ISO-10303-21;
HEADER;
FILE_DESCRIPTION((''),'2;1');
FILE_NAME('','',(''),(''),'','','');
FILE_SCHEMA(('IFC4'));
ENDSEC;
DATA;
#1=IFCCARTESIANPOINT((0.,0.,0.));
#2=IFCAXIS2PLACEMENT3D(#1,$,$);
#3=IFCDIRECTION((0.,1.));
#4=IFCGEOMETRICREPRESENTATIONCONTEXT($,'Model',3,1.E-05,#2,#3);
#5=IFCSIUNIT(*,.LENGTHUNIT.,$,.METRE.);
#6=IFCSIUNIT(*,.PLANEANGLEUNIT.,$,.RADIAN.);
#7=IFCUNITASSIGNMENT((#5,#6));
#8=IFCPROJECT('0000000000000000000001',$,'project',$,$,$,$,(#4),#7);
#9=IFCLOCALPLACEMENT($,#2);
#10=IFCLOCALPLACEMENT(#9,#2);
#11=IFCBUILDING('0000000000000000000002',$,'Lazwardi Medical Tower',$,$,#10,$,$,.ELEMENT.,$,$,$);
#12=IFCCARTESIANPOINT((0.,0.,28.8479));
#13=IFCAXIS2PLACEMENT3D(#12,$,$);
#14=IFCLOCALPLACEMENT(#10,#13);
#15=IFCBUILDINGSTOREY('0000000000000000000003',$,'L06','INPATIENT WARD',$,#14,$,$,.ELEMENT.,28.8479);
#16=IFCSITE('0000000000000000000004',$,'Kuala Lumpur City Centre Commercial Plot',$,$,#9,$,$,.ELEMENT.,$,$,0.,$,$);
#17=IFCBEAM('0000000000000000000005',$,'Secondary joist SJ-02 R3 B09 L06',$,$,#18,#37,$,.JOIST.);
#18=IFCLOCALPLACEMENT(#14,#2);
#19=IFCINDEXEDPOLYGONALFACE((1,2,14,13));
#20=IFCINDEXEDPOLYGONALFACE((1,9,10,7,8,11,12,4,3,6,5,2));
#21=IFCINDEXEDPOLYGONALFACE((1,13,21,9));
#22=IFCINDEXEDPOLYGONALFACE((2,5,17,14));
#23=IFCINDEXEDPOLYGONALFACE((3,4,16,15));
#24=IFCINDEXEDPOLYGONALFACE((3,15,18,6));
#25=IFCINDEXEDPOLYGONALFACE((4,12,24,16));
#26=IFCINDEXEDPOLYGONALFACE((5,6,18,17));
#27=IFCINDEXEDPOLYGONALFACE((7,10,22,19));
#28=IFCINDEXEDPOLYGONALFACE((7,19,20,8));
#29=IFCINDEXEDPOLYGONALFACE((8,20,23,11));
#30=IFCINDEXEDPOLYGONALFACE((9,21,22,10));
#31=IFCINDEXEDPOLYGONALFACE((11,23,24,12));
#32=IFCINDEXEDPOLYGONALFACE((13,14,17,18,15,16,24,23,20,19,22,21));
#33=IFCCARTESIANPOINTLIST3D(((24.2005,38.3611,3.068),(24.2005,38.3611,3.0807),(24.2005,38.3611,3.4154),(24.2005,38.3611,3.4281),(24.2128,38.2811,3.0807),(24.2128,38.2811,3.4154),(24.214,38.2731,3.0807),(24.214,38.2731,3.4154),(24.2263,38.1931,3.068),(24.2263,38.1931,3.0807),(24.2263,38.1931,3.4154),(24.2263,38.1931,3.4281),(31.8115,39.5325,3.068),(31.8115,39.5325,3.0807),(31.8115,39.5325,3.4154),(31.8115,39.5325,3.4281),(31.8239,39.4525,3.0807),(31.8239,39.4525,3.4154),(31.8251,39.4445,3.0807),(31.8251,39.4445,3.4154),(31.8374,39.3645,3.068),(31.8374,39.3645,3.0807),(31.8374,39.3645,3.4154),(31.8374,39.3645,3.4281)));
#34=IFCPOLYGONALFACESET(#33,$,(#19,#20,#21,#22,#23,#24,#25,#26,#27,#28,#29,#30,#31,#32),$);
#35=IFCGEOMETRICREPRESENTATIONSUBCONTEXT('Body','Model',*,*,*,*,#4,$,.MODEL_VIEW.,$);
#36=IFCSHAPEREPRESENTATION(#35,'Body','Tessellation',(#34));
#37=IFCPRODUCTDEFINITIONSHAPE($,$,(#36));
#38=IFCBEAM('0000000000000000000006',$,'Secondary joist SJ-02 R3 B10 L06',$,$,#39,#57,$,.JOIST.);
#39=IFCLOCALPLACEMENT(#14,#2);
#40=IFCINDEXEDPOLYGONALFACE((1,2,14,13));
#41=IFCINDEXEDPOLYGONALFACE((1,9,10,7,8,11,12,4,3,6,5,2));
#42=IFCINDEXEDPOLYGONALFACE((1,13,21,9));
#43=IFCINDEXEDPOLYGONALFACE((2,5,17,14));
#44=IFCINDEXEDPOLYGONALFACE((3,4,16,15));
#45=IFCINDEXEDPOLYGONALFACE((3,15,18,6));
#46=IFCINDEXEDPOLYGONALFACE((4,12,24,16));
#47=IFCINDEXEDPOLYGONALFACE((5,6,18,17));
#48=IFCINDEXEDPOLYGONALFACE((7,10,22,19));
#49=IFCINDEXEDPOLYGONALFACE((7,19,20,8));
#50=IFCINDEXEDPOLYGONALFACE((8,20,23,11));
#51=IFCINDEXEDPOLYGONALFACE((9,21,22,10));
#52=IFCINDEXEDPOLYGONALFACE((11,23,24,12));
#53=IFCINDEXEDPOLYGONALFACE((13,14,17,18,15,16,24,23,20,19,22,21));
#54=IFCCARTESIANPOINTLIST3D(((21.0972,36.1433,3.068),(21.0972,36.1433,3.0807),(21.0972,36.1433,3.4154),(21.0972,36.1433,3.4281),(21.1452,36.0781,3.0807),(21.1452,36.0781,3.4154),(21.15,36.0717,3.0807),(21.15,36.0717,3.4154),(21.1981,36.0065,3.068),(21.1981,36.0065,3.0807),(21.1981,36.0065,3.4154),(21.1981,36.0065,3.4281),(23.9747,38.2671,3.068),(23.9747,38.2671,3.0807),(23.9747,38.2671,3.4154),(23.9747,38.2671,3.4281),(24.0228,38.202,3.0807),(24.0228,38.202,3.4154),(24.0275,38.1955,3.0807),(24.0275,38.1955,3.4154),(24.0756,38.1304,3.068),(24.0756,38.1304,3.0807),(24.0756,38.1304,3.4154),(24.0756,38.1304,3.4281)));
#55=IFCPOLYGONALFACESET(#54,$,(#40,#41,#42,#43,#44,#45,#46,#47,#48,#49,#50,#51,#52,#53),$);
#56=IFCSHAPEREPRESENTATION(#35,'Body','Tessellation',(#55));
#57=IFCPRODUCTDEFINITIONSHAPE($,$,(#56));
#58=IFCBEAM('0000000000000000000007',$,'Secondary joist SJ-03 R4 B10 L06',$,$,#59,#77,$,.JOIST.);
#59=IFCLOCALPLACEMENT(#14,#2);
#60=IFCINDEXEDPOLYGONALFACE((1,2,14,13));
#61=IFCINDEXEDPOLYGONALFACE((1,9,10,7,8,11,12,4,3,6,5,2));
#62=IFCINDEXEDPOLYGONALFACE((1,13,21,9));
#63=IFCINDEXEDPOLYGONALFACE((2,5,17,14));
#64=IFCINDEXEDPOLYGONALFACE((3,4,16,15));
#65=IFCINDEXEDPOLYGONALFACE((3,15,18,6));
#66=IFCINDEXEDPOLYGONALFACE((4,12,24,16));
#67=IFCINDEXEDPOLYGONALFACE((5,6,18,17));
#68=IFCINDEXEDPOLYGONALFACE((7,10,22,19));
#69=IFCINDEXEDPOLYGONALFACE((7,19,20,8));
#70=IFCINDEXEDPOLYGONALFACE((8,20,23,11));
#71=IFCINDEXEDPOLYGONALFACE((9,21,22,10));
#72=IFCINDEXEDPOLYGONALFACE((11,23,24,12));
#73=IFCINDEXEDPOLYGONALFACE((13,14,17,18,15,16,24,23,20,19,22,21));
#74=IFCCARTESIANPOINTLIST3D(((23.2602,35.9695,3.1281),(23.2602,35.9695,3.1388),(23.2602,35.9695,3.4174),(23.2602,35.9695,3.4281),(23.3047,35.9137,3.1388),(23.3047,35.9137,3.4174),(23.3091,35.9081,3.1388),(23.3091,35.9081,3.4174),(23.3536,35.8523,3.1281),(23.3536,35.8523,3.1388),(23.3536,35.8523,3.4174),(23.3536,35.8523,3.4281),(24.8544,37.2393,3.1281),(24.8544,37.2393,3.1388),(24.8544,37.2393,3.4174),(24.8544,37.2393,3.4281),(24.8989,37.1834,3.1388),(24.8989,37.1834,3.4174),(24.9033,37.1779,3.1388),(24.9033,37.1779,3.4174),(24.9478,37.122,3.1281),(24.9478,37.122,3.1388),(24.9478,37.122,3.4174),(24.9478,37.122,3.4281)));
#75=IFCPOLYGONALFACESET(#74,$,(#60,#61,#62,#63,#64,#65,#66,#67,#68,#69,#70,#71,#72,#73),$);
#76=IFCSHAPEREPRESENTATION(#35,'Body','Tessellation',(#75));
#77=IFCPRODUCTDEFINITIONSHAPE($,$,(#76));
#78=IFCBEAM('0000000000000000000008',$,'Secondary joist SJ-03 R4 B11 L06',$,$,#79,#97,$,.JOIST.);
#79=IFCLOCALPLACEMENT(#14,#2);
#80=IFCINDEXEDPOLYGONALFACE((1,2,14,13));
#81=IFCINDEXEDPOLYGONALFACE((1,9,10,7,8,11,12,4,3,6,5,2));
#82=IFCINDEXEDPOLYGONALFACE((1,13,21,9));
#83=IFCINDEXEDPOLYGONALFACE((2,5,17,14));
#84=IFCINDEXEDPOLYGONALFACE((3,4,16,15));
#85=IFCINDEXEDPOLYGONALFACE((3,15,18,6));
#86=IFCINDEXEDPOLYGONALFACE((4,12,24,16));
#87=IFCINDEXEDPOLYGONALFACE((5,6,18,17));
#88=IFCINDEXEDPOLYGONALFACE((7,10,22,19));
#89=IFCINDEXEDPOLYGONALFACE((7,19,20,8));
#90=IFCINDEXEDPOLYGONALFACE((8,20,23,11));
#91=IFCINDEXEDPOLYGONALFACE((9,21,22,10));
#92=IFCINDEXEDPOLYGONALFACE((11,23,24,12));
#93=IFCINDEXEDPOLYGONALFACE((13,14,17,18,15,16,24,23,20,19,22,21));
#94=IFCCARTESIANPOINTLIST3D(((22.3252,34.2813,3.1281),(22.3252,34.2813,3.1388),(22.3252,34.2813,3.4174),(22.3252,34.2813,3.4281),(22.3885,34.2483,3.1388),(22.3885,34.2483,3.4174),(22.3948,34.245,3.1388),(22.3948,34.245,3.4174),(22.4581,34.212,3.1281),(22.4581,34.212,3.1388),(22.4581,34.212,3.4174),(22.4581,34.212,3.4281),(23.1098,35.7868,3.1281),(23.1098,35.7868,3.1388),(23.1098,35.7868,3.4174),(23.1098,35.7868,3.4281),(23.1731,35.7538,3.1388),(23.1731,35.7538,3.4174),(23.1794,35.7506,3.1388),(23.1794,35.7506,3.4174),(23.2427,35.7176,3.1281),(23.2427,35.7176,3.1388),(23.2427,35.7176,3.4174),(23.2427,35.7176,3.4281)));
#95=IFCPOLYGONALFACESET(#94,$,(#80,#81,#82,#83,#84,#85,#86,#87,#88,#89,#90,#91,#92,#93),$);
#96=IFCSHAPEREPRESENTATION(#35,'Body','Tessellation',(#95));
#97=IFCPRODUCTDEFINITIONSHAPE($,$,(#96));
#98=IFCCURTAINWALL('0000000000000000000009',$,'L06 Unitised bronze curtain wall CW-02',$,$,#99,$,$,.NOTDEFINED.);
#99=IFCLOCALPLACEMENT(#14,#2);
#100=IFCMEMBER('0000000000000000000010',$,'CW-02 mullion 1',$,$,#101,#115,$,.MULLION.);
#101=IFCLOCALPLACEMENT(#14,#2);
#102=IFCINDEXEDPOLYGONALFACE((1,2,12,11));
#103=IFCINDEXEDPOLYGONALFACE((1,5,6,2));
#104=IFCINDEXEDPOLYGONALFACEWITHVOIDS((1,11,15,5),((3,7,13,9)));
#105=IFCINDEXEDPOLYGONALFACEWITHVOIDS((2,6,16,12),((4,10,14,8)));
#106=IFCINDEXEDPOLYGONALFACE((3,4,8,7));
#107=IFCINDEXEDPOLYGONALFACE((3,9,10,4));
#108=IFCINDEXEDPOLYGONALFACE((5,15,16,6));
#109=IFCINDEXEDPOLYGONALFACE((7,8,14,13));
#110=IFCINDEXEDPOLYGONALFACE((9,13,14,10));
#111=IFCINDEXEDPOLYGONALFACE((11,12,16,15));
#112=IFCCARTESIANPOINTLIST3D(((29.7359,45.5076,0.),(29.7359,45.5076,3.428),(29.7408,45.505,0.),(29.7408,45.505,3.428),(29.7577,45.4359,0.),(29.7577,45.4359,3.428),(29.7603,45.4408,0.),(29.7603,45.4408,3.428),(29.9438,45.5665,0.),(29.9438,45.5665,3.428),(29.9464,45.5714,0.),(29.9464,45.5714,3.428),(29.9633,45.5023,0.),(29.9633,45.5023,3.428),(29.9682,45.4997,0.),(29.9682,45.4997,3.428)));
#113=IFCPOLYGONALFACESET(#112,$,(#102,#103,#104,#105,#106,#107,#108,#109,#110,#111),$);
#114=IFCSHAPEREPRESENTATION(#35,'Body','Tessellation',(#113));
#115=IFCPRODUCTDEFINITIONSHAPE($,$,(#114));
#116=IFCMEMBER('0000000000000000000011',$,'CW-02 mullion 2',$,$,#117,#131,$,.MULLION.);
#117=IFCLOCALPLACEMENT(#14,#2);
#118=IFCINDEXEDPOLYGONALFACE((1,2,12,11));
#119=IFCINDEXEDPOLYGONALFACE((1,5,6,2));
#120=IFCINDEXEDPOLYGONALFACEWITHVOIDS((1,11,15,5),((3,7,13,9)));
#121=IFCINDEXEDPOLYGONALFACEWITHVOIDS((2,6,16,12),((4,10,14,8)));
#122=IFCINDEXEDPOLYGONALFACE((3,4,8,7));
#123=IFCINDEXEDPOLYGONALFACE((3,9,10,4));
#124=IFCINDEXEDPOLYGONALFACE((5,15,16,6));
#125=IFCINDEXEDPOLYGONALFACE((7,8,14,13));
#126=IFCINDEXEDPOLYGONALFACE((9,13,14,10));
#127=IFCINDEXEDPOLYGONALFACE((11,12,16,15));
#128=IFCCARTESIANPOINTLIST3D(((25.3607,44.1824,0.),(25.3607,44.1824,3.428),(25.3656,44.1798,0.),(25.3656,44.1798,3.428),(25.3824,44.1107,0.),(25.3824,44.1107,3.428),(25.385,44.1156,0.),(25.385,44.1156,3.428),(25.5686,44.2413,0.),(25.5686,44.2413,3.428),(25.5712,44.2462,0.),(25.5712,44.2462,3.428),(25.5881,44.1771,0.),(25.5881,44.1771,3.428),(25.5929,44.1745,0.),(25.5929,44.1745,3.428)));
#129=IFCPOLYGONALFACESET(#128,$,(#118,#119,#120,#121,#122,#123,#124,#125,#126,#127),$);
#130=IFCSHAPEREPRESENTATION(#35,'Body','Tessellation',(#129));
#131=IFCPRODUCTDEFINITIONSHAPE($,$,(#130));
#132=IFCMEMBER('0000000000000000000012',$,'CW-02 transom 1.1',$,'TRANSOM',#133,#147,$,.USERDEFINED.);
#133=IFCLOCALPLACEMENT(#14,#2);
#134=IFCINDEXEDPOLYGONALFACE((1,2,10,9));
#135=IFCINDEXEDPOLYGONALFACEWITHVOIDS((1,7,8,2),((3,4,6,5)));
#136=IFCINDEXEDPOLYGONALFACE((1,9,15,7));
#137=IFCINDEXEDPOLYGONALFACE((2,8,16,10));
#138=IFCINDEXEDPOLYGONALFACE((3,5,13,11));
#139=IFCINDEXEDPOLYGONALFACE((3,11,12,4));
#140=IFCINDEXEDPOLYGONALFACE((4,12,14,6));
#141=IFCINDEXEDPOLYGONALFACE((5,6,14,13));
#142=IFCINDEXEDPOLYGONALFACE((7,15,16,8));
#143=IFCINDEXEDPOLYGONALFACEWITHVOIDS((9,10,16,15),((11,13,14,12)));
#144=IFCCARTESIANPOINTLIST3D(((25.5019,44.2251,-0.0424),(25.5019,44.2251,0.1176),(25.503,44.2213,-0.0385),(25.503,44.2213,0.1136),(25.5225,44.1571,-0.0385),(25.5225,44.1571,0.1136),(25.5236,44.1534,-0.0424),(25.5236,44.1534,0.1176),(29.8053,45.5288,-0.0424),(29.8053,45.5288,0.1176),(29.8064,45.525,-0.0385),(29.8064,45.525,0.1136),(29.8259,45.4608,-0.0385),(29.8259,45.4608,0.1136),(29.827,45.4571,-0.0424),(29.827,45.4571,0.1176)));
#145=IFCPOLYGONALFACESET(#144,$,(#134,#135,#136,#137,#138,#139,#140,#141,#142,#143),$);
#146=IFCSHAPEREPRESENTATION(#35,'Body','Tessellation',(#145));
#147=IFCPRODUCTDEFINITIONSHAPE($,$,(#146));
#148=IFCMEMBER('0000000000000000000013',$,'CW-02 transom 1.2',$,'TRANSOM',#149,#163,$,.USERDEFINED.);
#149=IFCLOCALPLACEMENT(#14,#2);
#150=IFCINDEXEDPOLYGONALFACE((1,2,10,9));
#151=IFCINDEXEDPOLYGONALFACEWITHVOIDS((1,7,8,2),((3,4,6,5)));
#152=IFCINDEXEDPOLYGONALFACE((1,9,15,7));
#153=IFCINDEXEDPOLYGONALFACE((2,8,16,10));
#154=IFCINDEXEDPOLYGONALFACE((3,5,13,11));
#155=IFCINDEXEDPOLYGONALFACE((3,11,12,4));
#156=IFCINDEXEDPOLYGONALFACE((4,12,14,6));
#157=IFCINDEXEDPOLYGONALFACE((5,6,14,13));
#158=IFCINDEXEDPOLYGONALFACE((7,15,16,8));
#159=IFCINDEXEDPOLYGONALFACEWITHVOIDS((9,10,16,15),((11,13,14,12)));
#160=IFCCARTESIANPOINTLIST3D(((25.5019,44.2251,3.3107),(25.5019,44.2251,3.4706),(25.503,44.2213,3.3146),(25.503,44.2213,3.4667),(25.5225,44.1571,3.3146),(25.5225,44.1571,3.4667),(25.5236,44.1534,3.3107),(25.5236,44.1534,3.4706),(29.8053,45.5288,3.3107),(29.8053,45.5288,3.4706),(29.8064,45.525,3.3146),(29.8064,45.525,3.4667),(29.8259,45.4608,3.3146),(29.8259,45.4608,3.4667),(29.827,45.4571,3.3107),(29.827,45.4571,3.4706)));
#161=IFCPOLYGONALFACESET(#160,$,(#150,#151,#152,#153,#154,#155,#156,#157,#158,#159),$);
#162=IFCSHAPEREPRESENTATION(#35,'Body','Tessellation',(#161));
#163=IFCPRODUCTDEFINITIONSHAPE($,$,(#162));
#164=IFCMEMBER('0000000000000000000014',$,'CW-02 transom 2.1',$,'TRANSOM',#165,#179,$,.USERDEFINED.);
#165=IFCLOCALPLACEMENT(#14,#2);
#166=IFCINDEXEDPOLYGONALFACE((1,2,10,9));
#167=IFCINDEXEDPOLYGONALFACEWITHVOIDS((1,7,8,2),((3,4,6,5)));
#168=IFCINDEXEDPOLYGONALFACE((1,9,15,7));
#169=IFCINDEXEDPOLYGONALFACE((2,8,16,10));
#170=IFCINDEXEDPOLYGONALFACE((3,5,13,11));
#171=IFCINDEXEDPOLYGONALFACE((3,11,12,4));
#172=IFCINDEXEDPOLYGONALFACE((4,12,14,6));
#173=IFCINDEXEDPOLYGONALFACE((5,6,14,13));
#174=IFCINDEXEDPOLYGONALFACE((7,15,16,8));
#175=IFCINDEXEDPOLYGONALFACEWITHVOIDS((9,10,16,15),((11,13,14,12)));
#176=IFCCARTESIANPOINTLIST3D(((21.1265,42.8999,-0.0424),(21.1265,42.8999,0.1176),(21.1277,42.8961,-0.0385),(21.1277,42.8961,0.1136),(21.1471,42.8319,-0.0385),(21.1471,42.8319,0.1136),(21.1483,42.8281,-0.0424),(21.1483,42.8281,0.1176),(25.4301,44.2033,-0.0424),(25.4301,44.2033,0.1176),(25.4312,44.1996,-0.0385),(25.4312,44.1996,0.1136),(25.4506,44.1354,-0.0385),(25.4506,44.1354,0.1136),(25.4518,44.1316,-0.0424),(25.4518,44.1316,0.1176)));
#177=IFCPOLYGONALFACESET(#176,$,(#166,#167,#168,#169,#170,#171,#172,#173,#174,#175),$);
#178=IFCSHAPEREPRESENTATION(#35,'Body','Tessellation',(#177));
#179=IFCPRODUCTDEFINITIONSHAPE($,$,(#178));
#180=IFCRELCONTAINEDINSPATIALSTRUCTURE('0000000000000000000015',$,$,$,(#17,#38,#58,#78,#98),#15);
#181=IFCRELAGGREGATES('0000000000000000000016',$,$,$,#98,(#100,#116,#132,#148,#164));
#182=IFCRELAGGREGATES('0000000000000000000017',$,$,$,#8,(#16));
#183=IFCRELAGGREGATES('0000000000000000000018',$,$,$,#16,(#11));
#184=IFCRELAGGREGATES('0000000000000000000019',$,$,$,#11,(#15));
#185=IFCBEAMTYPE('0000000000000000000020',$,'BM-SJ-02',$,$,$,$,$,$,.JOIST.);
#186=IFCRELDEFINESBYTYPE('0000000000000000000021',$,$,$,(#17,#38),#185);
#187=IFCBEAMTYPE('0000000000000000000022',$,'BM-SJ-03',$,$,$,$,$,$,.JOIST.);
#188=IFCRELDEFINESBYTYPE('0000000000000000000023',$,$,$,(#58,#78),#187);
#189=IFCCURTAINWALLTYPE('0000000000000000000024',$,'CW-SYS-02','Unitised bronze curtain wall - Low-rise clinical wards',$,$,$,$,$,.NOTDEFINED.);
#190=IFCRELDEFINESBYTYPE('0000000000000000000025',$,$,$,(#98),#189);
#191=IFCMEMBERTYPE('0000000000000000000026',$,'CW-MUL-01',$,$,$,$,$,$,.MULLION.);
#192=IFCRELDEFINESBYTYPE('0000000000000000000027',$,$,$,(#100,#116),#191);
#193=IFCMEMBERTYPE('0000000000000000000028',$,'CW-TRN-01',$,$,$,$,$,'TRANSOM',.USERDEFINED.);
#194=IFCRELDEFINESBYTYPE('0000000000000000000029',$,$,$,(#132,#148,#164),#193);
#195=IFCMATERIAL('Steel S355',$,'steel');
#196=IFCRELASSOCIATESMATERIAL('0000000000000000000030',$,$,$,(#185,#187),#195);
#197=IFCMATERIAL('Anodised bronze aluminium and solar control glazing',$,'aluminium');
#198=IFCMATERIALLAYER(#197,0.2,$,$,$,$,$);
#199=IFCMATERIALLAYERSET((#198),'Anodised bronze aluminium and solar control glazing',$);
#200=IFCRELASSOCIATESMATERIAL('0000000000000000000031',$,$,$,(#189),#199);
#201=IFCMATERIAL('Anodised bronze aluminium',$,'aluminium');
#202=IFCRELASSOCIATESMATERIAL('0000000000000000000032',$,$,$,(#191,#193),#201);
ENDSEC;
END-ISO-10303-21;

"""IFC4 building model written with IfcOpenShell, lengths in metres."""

from ifc_helpers import new_model, si_unit, direction, frame, origin, origin_2d, place, context, subcontext, project, spatial, hollow_rectangle, i_section, extrude, material, layer, layer_set, material_profile, profile_set, type_object, element, aggregate, save


model = new_model("IFC4")

# Units and contexts
model_context = context("Model", 3, precision=1e-05, world=origin(), true_north=direction((0.0, 1.0)))
body_context = subcontext(model_context, "Body", "Model", "MODEL_VIEW")
ifc_project = project(units=[si_unit("LENGTHUNIT", "METRE"), si_unit("PLANEANGLEUNIT", "RADIAN")], contexts=[model_context])

# Site, building, storey
site_placement = place(None, origin())
site = spatial("IfcSite", under=ifc_project, at=site_placement, Name="Kuala Lumpur City Centre Commercial Plot", CompositionType="ELEMENT", RefElevation=0.0)
building_placement = place(site_placement, origin())
building = spatial("IfcBuilding", under=site, at=building_placement, Name="Lazwardi Medical Tower", CompositionType="ELEMENT")
storey_placement = place(building_placement, frame((0.0, 0.0, 28.8479)))
storey = spatial("IfcBuildingStorey", under=building, at=storey_placement, Name="L06", Description="INPATIENT WARD", CompositionType="ELEMENT", Elevation=28.8479)

# Beams
ifc_material_1 = material(Name="Steel S355", Category="steel")
ifc_material_profile_1 = material_profile(ifc_material_1, i_section(OverallWidth=0.1699, OverallDepth=0.3601, WebThickness=0.0081, FlangeThickness=0.0127, at=origin_2d()), Name="IPE 360")
ifc_profile_set_1 = profile_set([ifc_material_profile_1], Name="Steel S355")
beam_type_1 = type_object("IfcBeamType", Name="BM-SJ-02", PredefinedType="JOIST", material=ifc_profile_set_1)
beam_1_placement = place(storey_placement, frame((31.8245, 39.4485, 3.248), z_axis=(-0.988363, -0.152114, 0.0), x_axis=(0.152114, -0.988363, 0.0)))
element("IfcBeam", 1, at=beam_1_placement, inside=storey, type_object=beam_type_1, Name="Secondary joist SJ-02 R3 B09 L06", PredefinedType="JOIST", context=body_context, shape_type="SweptSolid", body=[
    extrude(i_section(OverallWidth=0.1699, OverallDepth=0.3601, WebThickness=0.0081, FlangeThickness=0.0127, at=origin_2d()), origin(), (0.0, 0.0, 1.0), 7.7007),
])
beam_2_placement = place(storey_placement, frame((24.0251, 38.1987, 3.248), z_axis=(-0.80458, -0.593844, 0.0), x_axis=(0.593844, -0.80458, 0.0)))
element("IfcBeam", 2, at=beam_2_placement, inside=storey, type_object=beam_type_1, Name="Secondary joist SJ-02 R3 B10 L06", PredefinedType="JOIST", context=body_context, shape_type="SweptSolid", body=[
    extrude(i_section(OverallWidth=0.1699, OverallDepth=0.3601, WebThickness=0.0081, FlangeThickness=0.0127, at=origin_2d()), origin(), (0.0, 0.0, 1.0), 3.5764),
])
ifc_material_profile_2 = material_profile(ifc_material_1, i_section(OverallWidth=0.1499, OverallDepth=0.3, WebThickness=0.0071, FlangeThickness=0.0107, at=origin_2d()), Name="IPE 300")
ifc_profile_set_2 = profile_set([ifc_material_profile_2], Name="Steel S355")
beam_type_2 = type_object("IfcBeamType", Name="BM-SJ-03", PredefinedType="JOIST", material=ifc_profile_set_2)
beam_3_placement = place(storey_placement, frame((24.9011, 37.1807, 3.2781), z_axis=(-0.782211, -0.623014, 0.0), x_axis=(0.623014, -0.782211, 0.0)))
element("IfcBeam", 3, at=beam_3_placement, inside=storey, type_object=beam_type_2, Name="Secondary joist SJ-03 R4 B10 L06", PredefinedType="JOIST", context=body_context, shape_type="SweptSolid", body=[
    extrude(i_section(OverallWidth=0.1499, OverallDepth=0.3, WebThickness=0.0071, FlangeThickness=0.0107, at=origin_2d()), origin(), (0.0, 0.0, 1.0), 2.0381),
])
beam_4_placement = place(storey_placement, frame((23.1763, 35.7522, 3.2781), z_axis=(-0.462163, -0.886795, 0.0), x_axis=(0.886795, -0.462163, 0.0)))
element("IfcBeam", 4, at=beam_4_placement, inside=storey, type_object=beam_type_2, Name="Secondary joist SJ-03 R4 B11 L06", PredefinedType="JOIST", context=body_context, shape_type="SweptSolid", body=[
    extrude(i_section(OverallWidth=0.1499, OverallDepth=0.3, WebThickness=0.0071, FlangeThickness=0.0107, at=origin_2d()), origin(), (0.0, 0.0, 1.0), 1.6978),
])

# Curtain wall, members
ifc_material_2 = material(Name="Anodised bronze aluminium and solar control glazing", Category="aluminium")
ifc_layer_1 = layer(ifc_material_2, 0.2)
ifc_layer_set_1 = layer_set([ifc_layer_1], Name="Anodised bronze aluminium and solar control glazing")
curtain_wall_type = type_object("IfcCurtainWallType", Name="CW-SYS-02", Description="Unitised bronze curtain wall - Low-rise clinical wards", PredefinedType="NOTDEFINED", material=ifc_layer_set_1)
curtain_wall_placement = place(storey_placement, origin())
curtain_wall = element("IfcCurtainWall", 5, at=curtain_wall_placement, inside=storey, type_object=curtain_wall_type, Name="L06 Unitised bronze curtain wall CW-02", PredefinedType="NOTDEFINED")
ifc_material_3 = material(Name="Anodised bronze aluminium", Category="aluminium")
ifc_material_profile_3 = material_profile(ifc_material_3, hollow_rectangle(XDim=0.075, YDim=0.22, WallThickness=0.0039, at=origin_2d()), Name="ALU-MULLION 220x75x4")
ifc_profile_set_3 = profile_set([ifc_material_profile_3], Name="Anodised bronze aluminium")
member_type_1 = type_object("IfcMemberType", Name="CW-MUL-01", PredefinedType="MULLION", material=ifc_profile_set_3)
member_1_placement = place(storey_placement, frame((29.8521, 45.5037, 0.0), z_axis=(0.0, 0.0, 1.0), x_axis=(0.289896, -0.957058, 0.0)))
member_1 = element("IfcMember", 6, at=member_1_placement, type_object=member_type_1, Name="CW-02 mullion 1", PredefinedType="MULLION", context=body_context, shape_type="SweptSolid", body=[
    extrude(hollow_rectangle(XDim=0.075, YDim=0.22, WallThickness=0.0039, at=origin_2d()), origin(), (0.0, 0.0, 1.0), 3.428),
])
member_2_placement = place(storey_placement, frame((25.4768, 44.1785, 0.0), z_axis=(0.0, 0.0, 1.0), x_axis=(0.289896, -0.957058, 0.0)))
member_2 = element("IfcMember", 7, at=member_2_placement, type_object=member_type_1, Name="CW-02 mullion 2", PredefinedType="MULLION", context=body_context, shape_type="SweptSolid", body=[
    extrude(hollow_rectangle(XDim=0.075, YDim=0.22, WallThickness=0.0039, at=origin_2d()), origin(), (0.0, 0.0, 1.0), 3.428),
])
ifc_material_profile_4 = material_profile(ifc_material_3, hollow_rectangle(XDim=0.075, YDim=0.1599, WallThickness=0.0039, at=origin_2d()), Name="ALU-TRANSOM 160x75x4")
ifc_profile_set_4 = profile_set([ifc_material_profile_4], Name="Anodised bronze aluminium")
member_type_2 = type_object("IfcMemberType", Name="CW-TRN-01", ElementType="TRANSOM", PredefinedType="USERDEFINED", material=ifc_profile_set_4)
member_3_placement = place(storey_placement, frame((29.8162, 45.4929, 0.0376), z_axis=(-0.957047, -0.289932, 0.0), x_axis=(0.289932, -0.957047, 0.0)))
member_3 = element("IfcMember", 8, at=member_3_placement, type_object=member_type_2, Name="CW-02 transom 1.1", ObjectType="TRANSOM", PredefinedType="USERDEFINED", context=body_context, shape_type="SweptSolid", body=[
    extrude(hollow_rectangle(XDim=0.075, YDim=0.1599, WallThickness=0.0039, at=origin_2d()), origin(), (0.0, 0.0, 1.0), 4.4966),
])
member_4_placement = place(storey_placement, frame((29.8162, 45.4929, 3.3906), z_axis=(-0.957047, -0.289932, 0.0), x_axis=(0.289932, -0.957047, 0.0)))
member_4 = element("IfcMember", 9, at=member_4_placement, type_object=member_type_2, Name="CW-02 transom 1.2", ObjectType="TRANSOM", PredefinedType="USERDEFINED", context=body_context, shape_type="SweptSolid", body=[
    extrude(hollow_rectangle(XDim=0.075, YDim=0.1599, WallThickness=0.0039, at=origin_2d()), origin(), (0.0, 0.0, 1.0), 4.4966),
])
member_5_placement = place(storey_placement, frame((25.4409, 44.1675, 0.0376), z_axis=(-0.957062, -0.289882, 0.0), x_axis=(0.289882, -0.957062, 0.0)))
member_5 = element("IfcMember", 10, at=member_5_placement, type_object=member_type_2, Name="CW-02 transom 2.1", ObjectType="TRANSOM", PredefinedType="USERDEFINED", context=body_context, shape_type="SweptSolid", body=[
    extrude(hollow_rectangle(XDim=0.075, YDim=0.1599, WallThickness=0.0039, at=origin_2d()), origin(), (0.0, 0.0, 1.0), 4.4966),
])
aggregate(curtain_wall, [member_1, member_2, member_3, member_4, member_5])

save(model, "model.ifc")
